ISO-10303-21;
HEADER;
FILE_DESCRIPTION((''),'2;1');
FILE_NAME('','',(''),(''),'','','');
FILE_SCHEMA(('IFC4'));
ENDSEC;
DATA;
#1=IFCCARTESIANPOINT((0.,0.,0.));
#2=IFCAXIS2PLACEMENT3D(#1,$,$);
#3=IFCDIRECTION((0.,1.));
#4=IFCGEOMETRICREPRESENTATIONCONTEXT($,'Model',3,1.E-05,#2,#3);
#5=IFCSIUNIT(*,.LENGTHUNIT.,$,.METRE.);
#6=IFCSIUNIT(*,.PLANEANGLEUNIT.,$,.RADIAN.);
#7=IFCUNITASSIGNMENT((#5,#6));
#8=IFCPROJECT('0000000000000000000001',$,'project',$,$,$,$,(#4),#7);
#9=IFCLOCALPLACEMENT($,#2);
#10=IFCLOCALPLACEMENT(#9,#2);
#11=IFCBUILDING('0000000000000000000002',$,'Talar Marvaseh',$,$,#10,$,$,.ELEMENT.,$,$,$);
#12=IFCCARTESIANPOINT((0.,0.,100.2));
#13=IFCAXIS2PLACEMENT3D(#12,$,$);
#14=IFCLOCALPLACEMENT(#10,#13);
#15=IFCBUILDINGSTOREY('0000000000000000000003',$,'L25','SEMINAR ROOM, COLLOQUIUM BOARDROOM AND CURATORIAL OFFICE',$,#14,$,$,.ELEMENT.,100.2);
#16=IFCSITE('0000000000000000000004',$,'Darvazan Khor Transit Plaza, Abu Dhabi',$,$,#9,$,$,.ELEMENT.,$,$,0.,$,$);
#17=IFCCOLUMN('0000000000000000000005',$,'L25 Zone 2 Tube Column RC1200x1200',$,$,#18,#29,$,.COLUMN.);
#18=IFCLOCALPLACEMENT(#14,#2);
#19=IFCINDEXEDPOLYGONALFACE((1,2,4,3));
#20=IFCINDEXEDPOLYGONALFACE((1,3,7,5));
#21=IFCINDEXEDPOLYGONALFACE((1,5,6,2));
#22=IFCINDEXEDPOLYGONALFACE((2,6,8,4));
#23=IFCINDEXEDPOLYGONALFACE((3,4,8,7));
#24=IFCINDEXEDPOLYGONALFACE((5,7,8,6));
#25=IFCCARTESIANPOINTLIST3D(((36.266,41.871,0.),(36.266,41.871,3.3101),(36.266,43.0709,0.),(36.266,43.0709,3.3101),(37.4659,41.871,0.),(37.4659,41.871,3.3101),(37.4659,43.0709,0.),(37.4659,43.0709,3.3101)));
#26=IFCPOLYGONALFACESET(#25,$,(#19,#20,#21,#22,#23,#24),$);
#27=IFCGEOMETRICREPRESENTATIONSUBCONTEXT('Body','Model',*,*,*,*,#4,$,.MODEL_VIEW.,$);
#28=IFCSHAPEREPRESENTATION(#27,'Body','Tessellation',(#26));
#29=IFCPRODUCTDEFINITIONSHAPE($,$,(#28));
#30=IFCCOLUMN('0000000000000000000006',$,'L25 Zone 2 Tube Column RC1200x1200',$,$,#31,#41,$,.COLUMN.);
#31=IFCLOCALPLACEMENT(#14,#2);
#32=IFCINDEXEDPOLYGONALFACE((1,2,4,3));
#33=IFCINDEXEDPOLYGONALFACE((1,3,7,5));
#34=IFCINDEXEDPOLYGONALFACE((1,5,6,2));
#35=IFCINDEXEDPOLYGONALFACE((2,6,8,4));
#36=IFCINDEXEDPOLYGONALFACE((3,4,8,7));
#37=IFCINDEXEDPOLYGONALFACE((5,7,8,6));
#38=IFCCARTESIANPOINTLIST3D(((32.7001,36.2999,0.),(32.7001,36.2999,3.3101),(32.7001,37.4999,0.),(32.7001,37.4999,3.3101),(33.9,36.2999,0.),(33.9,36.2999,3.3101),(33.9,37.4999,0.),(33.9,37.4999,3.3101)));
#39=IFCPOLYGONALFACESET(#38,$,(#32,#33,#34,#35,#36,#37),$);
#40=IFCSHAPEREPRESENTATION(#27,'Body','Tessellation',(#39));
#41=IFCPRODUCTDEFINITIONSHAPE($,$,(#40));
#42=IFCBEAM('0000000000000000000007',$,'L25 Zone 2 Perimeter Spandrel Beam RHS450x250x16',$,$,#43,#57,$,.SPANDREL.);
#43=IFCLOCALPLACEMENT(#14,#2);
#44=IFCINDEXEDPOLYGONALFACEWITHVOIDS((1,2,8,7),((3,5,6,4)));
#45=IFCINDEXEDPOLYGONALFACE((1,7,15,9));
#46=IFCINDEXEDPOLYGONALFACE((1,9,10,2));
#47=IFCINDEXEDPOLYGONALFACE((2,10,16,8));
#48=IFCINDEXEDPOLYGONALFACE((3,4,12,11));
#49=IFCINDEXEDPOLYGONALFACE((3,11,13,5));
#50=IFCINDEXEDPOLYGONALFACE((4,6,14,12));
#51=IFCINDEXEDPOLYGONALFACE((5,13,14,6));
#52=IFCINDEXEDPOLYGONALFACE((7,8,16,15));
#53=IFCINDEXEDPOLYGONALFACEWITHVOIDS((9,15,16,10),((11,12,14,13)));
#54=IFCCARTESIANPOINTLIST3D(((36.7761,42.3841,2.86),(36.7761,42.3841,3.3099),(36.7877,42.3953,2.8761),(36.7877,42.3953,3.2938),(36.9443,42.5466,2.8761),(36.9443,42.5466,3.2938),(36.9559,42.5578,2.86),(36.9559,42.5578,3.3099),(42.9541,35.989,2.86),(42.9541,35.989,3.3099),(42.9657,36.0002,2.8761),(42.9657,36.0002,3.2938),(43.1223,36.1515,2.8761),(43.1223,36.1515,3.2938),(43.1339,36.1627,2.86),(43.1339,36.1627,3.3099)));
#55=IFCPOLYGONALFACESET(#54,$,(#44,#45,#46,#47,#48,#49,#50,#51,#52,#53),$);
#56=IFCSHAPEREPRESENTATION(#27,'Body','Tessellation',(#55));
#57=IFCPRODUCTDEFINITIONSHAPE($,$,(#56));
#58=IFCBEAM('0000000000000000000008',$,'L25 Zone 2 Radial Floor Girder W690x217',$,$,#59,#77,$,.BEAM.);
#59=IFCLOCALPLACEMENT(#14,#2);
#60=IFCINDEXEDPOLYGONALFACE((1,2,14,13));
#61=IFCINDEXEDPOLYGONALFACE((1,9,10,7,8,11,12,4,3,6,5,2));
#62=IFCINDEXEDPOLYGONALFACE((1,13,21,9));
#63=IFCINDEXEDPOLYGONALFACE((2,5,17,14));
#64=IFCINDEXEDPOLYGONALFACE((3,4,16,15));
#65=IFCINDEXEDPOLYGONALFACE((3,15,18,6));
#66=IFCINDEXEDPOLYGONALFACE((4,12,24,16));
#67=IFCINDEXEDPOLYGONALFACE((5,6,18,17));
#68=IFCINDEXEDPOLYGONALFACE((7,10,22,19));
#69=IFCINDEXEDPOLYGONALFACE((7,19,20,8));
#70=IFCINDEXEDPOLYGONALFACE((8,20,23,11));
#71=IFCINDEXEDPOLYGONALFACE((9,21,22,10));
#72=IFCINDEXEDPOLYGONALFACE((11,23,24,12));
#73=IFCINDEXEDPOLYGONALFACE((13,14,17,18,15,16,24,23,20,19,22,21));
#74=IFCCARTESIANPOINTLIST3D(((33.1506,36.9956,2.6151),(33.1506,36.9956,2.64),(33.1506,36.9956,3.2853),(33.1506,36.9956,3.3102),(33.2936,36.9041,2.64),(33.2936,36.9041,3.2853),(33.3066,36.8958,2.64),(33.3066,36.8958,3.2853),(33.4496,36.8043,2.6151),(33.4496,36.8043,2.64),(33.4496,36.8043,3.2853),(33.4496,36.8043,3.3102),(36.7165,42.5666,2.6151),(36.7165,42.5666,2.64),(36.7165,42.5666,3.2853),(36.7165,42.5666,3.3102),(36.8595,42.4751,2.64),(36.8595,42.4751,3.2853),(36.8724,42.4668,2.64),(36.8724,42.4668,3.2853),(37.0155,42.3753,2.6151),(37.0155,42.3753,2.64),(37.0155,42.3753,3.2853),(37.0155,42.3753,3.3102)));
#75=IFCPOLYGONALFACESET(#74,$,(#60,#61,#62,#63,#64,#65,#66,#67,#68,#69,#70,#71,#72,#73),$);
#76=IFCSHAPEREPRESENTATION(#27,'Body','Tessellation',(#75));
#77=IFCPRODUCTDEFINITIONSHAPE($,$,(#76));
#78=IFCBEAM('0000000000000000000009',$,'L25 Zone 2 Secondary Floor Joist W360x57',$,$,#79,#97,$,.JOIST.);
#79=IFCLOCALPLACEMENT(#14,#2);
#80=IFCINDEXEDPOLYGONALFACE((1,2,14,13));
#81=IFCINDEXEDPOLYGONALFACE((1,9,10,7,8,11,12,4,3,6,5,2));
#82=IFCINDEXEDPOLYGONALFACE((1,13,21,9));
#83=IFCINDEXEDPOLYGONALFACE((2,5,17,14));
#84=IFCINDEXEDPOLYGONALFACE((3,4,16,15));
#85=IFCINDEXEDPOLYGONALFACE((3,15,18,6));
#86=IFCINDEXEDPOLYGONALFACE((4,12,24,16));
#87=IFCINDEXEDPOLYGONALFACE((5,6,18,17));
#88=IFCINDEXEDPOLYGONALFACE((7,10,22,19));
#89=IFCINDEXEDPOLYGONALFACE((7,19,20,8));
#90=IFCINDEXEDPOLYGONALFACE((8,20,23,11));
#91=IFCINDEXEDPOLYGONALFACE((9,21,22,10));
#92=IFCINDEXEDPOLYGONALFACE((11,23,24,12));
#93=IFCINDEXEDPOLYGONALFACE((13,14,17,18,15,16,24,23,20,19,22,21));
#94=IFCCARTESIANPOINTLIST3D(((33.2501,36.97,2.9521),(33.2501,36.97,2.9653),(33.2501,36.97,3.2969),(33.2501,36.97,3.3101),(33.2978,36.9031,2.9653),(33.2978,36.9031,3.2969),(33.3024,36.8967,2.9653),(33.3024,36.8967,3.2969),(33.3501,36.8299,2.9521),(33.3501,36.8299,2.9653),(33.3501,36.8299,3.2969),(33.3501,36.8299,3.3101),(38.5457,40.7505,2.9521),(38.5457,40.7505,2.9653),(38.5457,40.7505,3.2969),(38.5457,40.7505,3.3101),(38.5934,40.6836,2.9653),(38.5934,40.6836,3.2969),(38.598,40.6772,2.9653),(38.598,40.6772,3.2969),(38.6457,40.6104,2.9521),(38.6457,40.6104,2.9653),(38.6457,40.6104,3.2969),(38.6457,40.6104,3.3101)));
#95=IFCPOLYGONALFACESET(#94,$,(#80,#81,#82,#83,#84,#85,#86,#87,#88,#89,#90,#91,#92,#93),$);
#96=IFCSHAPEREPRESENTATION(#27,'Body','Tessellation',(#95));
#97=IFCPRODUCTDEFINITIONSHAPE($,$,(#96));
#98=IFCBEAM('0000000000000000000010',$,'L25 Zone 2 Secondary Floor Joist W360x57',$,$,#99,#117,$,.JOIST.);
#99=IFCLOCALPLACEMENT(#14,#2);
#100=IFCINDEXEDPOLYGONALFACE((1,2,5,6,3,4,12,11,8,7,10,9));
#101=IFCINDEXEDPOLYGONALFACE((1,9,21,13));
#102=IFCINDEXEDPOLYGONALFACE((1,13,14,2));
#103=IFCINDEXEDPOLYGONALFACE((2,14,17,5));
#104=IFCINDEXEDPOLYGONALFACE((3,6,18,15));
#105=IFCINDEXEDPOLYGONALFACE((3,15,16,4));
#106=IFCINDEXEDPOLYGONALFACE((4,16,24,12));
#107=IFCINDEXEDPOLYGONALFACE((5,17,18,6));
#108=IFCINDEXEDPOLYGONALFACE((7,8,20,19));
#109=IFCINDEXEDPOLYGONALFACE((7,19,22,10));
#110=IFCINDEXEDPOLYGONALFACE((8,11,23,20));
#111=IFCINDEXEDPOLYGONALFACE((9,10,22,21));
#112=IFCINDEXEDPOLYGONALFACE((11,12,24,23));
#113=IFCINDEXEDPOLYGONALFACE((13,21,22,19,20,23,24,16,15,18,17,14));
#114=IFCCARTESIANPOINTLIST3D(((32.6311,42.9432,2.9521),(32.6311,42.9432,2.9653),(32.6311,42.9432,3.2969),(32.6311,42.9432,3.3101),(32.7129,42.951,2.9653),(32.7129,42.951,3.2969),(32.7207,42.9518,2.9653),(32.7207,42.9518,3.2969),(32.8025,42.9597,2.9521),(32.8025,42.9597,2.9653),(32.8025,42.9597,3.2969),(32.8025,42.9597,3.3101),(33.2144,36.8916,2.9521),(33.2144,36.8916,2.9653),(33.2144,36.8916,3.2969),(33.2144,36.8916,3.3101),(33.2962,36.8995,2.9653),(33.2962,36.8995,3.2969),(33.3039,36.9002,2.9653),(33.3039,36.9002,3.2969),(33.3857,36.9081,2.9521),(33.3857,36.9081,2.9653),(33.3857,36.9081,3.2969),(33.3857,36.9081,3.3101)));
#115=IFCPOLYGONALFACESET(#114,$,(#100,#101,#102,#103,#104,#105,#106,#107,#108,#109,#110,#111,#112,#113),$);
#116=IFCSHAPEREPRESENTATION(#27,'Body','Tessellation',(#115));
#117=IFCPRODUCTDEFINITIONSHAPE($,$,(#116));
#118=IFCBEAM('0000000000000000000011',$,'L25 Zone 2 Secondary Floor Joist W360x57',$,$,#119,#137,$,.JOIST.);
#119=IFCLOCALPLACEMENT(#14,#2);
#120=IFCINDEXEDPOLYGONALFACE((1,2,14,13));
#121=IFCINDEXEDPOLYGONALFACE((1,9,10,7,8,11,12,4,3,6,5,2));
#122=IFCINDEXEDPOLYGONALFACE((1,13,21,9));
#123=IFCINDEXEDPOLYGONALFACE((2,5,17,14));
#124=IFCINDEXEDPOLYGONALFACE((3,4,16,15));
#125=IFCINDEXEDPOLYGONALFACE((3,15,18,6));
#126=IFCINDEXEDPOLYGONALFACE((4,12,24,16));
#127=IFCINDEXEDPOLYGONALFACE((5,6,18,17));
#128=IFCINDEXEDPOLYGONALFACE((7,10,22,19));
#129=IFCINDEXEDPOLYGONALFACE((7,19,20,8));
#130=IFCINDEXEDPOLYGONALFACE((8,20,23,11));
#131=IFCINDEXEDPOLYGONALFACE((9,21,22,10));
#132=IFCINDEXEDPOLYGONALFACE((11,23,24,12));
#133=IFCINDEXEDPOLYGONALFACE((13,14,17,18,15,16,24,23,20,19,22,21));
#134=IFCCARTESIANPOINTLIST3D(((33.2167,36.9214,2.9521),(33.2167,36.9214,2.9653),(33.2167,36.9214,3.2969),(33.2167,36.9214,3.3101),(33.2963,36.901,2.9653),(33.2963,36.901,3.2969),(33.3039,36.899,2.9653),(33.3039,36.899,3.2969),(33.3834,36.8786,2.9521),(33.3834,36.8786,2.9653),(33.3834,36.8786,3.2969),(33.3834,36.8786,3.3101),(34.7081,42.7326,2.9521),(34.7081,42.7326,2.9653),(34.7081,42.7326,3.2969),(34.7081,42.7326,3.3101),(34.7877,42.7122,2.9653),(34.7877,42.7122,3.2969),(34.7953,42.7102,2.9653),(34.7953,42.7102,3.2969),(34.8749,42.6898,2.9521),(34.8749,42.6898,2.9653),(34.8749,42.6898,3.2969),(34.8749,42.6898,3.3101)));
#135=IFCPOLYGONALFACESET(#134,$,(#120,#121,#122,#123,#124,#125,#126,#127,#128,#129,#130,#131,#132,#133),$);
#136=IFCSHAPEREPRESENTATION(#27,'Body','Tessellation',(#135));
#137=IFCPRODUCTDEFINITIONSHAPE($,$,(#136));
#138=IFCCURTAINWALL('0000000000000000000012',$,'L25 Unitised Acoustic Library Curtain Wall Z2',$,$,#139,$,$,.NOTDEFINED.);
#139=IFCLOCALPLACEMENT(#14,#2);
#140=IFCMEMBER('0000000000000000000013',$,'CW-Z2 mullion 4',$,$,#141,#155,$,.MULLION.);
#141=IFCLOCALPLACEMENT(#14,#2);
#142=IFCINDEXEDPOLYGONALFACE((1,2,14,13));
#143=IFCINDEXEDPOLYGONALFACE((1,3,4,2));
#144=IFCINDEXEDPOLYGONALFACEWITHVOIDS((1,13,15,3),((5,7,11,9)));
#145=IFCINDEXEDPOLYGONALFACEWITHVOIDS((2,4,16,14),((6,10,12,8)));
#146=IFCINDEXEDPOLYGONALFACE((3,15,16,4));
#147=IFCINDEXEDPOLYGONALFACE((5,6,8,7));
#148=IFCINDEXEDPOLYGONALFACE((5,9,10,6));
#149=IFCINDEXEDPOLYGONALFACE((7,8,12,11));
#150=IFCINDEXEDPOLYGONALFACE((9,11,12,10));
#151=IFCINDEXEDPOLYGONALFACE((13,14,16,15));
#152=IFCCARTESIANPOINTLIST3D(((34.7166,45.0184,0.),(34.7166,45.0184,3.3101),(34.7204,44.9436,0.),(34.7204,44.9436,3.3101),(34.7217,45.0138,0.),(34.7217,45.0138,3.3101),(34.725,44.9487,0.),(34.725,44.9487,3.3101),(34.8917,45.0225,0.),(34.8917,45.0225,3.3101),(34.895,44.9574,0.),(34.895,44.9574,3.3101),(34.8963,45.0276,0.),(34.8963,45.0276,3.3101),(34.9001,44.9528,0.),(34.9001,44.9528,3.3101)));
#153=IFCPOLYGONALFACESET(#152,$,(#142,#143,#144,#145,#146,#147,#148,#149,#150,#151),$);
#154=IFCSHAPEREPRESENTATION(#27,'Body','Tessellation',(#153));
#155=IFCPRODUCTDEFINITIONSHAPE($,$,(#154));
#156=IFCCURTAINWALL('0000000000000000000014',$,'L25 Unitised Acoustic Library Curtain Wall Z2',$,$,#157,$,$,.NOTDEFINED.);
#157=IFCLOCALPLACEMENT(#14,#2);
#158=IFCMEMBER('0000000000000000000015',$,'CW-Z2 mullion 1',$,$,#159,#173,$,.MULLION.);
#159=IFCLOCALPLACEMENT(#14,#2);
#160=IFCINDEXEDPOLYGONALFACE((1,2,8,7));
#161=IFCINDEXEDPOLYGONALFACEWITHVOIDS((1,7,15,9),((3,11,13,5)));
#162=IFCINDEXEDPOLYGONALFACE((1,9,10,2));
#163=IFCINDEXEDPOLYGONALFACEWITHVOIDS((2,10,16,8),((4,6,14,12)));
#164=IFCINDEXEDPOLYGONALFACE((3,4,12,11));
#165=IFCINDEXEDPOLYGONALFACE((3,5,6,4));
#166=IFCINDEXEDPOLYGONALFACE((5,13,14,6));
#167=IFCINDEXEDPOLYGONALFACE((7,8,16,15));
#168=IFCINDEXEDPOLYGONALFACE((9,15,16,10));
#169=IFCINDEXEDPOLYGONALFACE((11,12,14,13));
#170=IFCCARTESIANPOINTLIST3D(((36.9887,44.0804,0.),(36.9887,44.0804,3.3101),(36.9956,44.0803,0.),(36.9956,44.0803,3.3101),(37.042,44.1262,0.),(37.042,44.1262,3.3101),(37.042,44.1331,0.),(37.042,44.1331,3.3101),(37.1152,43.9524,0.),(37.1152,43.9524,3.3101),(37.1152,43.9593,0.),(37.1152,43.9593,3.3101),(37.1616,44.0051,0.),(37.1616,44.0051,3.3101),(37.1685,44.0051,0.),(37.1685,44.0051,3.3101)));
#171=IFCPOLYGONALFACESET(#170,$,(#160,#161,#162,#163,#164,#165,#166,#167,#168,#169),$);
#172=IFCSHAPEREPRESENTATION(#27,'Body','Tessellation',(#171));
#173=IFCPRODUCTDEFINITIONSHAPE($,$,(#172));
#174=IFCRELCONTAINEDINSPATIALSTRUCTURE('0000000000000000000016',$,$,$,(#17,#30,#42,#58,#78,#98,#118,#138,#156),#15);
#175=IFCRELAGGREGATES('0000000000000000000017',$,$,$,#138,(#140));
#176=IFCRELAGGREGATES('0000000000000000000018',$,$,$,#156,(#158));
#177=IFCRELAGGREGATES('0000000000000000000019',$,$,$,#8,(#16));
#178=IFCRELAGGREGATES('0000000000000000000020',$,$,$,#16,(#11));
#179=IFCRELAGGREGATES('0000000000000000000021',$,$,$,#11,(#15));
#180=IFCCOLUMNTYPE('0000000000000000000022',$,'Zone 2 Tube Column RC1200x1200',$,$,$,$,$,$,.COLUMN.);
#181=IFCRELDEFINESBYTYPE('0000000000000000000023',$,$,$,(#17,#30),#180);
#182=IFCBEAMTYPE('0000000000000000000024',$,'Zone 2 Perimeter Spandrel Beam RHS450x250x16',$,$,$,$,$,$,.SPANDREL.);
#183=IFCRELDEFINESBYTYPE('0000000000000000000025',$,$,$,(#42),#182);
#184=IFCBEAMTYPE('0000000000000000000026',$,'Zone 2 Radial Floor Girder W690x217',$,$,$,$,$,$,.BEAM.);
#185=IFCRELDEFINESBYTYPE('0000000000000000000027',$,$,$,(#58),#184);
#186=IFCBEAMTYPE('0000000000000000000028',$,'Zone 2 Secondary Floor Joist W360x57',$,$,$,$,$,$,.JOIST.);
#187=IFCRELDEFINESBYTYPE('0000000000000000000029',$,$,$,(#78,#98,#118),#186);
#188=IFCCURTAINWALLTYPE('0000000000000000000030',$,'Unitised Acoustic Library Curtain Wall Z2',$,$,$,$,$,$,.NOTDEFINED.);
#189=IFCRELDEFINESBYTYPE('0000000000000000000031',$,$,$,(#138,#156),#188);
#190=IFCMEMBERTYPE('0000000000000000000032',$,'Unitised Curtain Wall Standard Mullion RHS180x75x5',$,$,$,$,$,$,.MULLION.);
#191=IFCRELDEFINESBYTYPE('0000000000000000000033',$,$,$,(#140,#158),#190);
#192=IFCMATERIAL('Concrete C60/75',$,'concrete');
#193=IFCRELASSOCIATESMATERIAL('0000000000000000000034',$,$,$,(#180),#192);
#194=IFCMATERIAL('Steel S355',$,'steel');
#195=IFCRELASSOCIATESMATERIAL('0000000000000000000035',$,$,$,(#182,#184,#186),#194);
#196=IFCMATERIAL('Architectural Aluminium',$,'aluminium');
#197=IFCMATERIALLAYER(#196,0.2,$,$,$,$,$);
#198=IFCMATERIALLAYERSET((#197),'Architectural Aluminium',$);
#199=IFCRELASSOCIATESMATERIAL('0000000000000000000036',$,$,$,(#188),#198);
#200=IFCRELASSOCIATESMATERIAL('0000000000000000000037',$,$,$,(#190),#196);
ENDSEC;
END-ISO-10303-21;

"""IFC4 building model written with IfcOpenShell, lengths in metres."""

from ifc_helpers import new_model, si_unit, direction, frame, origin, origin_2d, place, context, subcontext, project, spatial, rectangle, hollow_rectangle, i_section, extrude, source, transform, mapped, material, layer, layer_set, material_profile, profile_set, type_object, type_shapes, element, aggregate, save


model = new_model("IFC4")

# Units and contexts
model_context = context("Model", 3, precision=1e-05, world=origin(), true_north=direction((0.0, 1.0)))
body_context = subcontext(model_context, "Body", "Model", "MODEL_VIEW")
ifc_project = project(units=[si_unit("LENGTHUNIT", "METRE"), si_unit("PLANEANGLEUNIT", "RADIAN")], contexts=[model_context])

# Site, building, storey
site_placement = place(None, origin())
site = spatial("IfcSite", under=ifc_project, at=site_placement, Name="Darvazan Khor Transit Plaza, Abu Dhabi", CompositionType="ELEMENT", RefElevation=0.0)
building_placement = place(site_placement, origin())
building = spatial("IfcBuilding", under=site, at=building_placement, Name="Talar Marvaseh", CompositionType="ELEMENT")
storey_placement = place(building_placement, frame((0.0, 0.0, 100.2)))
storey = spatial("IfcBuildingStorey", under=building, at=storey_placement, Name="L25", Description="SEMINAR ROOM, COLLOQUIUM BOARDROOM AND CURATORIAL OFFICE", CompositionType="ELEMENT", Elevation=100.2)

# Columns
ifc_material_1 = material(Name="Concrete C60/75", Category="concrete")
ifc_material_profile_1 = material_profile(ifc_material_1, rectangle(XDim=1.2, YDim=1.2, at=origin_2d()), Name="RC1200x1200")
ifc_profile_set_1 = profile_set([ifc_material_profile_1], Name="Concrete C60/75")
column_type = type_object("IfcColumnType", Name="Zone 2 Tube Column RC1200x1200", PredefinedType="COLUMN", material=ifc_profile_set_1)
for number, where, z_axis, x_axis, name in (
    (1, (36.866, 42.4709, 0.0), (0.0, 0.0, 1.0), (1.0, 0.0, 0.0), "L25 Zone 2 Tube Column RC1200x1200"),
    (2, (33.3, 36.8999, 0.0), (0.0, 0.0, 1.0), (1.0, 0.0, 0.0), "L25 Zone 2 Tube Column RC1200x1200"),
):
    element("IfcColumn", number, at=place(storey_placement, frame(where, z_axis=z_axis, x_axis=x_axis)), inside=storey, type_object=column_type, Name=name, PredefinedType="COLUMN", context=body_context, shape_type="SweptSolid", body=[
        extrude(rectangle(XDim=1.2, YDim=1.2, at=origin_2d()), origin(), (0.0, 0.0, 1.0), 3.3101),
    ])

# Beams
ifc_material_2 = material(Name="Steel S355", Category="steel")
ifc_material_profile_2 = material_profile(ifc_material_2, hollow_rectangle(XDim=0.25, YDim=0.45, WallThickness=0.0161, at=origin_2d()), Name="RHS450x250x16")
ifc_profile_set_2 = profile_set([ifc_material_profile_2], Name="Steel S355")
beam_type_1 = type_object("IfcBeamType", Name="Zone 2 Perimeter Spandrel Beam RHS450x250x16", PredefinedType="SPANDREL", material=ifc_profile_set_2)
beam_1_placement = place(storey_placement, frame((36.866, 42.4709, 3.085), z_axis=(0.694797, -0.719206, 0.0), x_axis=(0.719206, 0.694797, 0.0)))
element("IfcBeam", 3, at=beam_1_placement, inside=storey, type_object=beam_type_1, Name="L25 Zone 2 Perimeter Spandrel Beam RHS450x250x16", PredefinedType="SPANDREL", context=body_context, shape_type="SweptSolid", body=[
    extrude(hollow_rectangle(XDim=0.25, YDim=0.45, WallThickness=0.0161, at=origin_2d()), origin(), (0.0, 0.0, 1.0), 8.8918),
])
ifc_material_profile_3 = material_profile(ifc_material_2, i_section(OverallWidth=0.355, OverallDepth=0.6951, WebThickness=0.0154, FlangeThickness=0.0249, at=origin_2d()), Name="W690x217")
ifc_profile_set_3 = profile_set([ifc_material_profile_3], Name="Steel S355")
beam_type_2 = type_object("IfcBeamType", Name="Zone 2 Radial Floor Girder W690x217", PredefinedType="BEAM", material=ifc_profile_set_3)
beam_2_placement = place(storey_placement, frame((36.866, 42.4709, 2.9626), z_axis=(-0.539102, -0.842241, 0.0), x_axis=(0.842241, -0.539102, 0.0)))
element("IfcBeam", 4, at=beam_2_placement, inside=storey, type_object=beam_type_2, Name="L25 Zone 2 Radial Floor Girder W690x217", PredefinedType="BEAM", context=body_context, shape_type="SweptSolid", body=[
    extrude(i_section(OverallWidth=0.355, OverallDepth=0.6951, WebThickness=0.0154, FlangeThickness=0.0249, at=origin_2d()), origin(), (0.0, 0.0, 1.0), 6.6145),
])
ifc_material_profile_4 = material_profile(ifc_material_2, i_section(OverallWidth=0.1721, OverallDepth=0.3579, WebThickness=0.0078, FlangeThickness=0.0132, at=origin_2d()), Name="W360x57")
ifc_profile_set_4 = profile_set([ifc_material_profile_4], Name="Steel S355")
beam_type_3 = type_object("IfcBeamType", Name="Zone 2 Secondary Floor Joist W360x57", PredefinedType="JOIST", material=ifc_profile_set_4)
beam_3_placement = place(storey_placement, frame((38.5957, 40.6804, 3.1311), z_axis=(-0.813886, -0.581025, 0.0), x_axis=(0.581025, -0.813886, 0.0)))
element("IfcBeam", 5, at=beam_3_placement, inside=storey, type_object=beam_type_3, Name="L25 Zone 2 Secondary Floor Joist W360x57", PredefinedType="JOIST", context=body_context, shape_type="SweptSolid", body=[
    extrude(i_section(OverallWidth=0.1721, OverallDepth=0.3579, WebThickness=0.0078, FlangeThickness=0.0132, at=origin_2d()), origin(), (0.0, 0.0, 1.0), 6.5066),
])
beam_4_placement = place(storey_placement, frame((32.7168, 42.9514, 3.1311), z_axis=(0.095937, -0.995387, 0.0), x_axis=(0.995387, 0.095937, 0.0)))
element("IfcBeam", 6, at=beam_4_placement, inside=storey, type_object=beam_type_3, Name="L25 Zone 2 Secondary Floor Joist W360x57", PredefinedType="JOIST", context=body_context, shape_type="SweptSolid", body=[
    extrude(i_section(OverallWidth=0.1721, OverallDepth=0.3579, WebThickness=0.0078, FlangeThickness=0.0132, at=origin_2d()), origin(), (0.0, 0.0, 1.0), 6.0796),
])
beam_5_placement = place(storey_placement, frame((34.7915, 42.7112, 3.1311), z_axis=(-0.248592, -0.968608, 0.0), x_axis=(0.968608, -0.248592, 0.0)))
element("IfcBeam", 7, at=beam_5_placement, inside=storey, type_object=beam_type_3, Name="L25 Zone 2 Secondary Floor Joist W360x57", PredefinedType="JOIST", context=body_context, shape_type="SweptSolid", body=[
    extrude(i_section(OverallWidth=0.1721, OverallDepth=0.3579, WebThickness=0.0078, FlangeThickness=0.0132, at=origin_2d()), origin(), (0.0, 0.0, 1.0), 5.9995),
])

# Curtain wall, member
ifc_material_3 = material(Name="Architectural Aluminium", Category="aluminium")
ifc_layer_1 = layer(ifc_material_3, 0.2)
ifc_layer_set_1 = layer_set([ifc_layer_1], Name="Architectural Aluminium")
curtain_wall_type = type_object("IfcCurtainWallType", Name="Unitised Acoustic Library Curtain Wall Z2", PredefinedType="NOTDEFINED", material=ifc_layer_set_1)
curtain_wall_1_placement = place(storey_placement, origin())
curtain_wall_1 = element("IfcCurtainWall", 8, at=curtain_wall_1_placement, inside=storey, type_object=curtain_wall_type, Name="L25 Unitised Acoustic Library Curtain Wall Z2", PredefinedType="NOTDEFINED")
ifc_material_profile_5 = material_profile(ifc_material_3, hollow_rectangle(XDim=0.075, YDim=0.1799, WallThickness=0.0049, at=origin_2d()), Name="RHS180x75x5")
ifc_profile_set_5 = profile_set([ifc_material_profile_5], Name="Architectural Aluminium")
member_type_1 = type_object("IfcMemberType", Name="Unitised Curtain Wall Standard Mullion RHS180x75x5", PredefinedType="MULLION", material=ifc_profile_set_5)
shared_shape_1 = source(origin(), body_context, "Body", "SweptSolid", [
    extrude(hollow_rectangle(XDim=0.075, YDim=0.1799, WallThickness=0.0049, at=origin_2d()), origin(), (0.0, 0.0, 1.0), 3.3101),
])
type_shapes(member_type_1, [shared_shape_1])
member_1_placement = place(storey_placement, frame((34.8083, 44.9856, 0.0), z_axis=(0.0, 0.0, 1.0), x_axis=(-0.051156, 0.998691, 0.0)))
member_1 = element("IfcMember", 9, at=member_1_placement, type_object=member_type_1, Name="CW-Z2 mullion 4", PredefinedType="MULLION", context=body_context, shape_type="MappedRepresentation", body=[
    mapped(shared_shape_1, transform((0.0, 0.0, 0.0), x_axis=(1.0, 0.0, 0.0), y_axis=(0.0, 1.0, 0.0), z_axis=(0.0, 0.0, 1.0), scale=1.0)),
])
aggregate(curtain_wall_1, [member_1])

# Curtain wall, member
curtain_wall_2_placement = place(storey_placement, origin())
curtain_wall_2 = element("IfcCurtainWall", 10, at=curtain_wall_2_placement, inside=storey, type_object=curtain_wall_type, Name="L25 Unitised Acoustic Library Curtain Wall Z2", PredefinedType="NOTDEFINED")
member_2_placement = place(storey_placement, frame((37.0786, 44.0427, 0.0), z_axis=(0.0, 0.0, 1.0), x_axis=(0.711366, 0.702821, 0.0)))
member_2 = element("IfcMember", 11, at=member_2_placement, type_object=member_type_1, Name="CW-Z2 mullion 1", PredefinedType="MULLION", context=body_context, shape_type="MappedRepresentation", body=[
    mapped(shared_shape_1, transform((0.0, 0.0, 0.0), x_axis=(1.0, 0.0, 0.0), y_axis=(0.0, 1.0, 0.0), z_axis=(0.0, 0.0, 1.0), scale=1.0)),
])
aggregate(curtain_wall_2, [member_2])

save(model, "model.ifc")
